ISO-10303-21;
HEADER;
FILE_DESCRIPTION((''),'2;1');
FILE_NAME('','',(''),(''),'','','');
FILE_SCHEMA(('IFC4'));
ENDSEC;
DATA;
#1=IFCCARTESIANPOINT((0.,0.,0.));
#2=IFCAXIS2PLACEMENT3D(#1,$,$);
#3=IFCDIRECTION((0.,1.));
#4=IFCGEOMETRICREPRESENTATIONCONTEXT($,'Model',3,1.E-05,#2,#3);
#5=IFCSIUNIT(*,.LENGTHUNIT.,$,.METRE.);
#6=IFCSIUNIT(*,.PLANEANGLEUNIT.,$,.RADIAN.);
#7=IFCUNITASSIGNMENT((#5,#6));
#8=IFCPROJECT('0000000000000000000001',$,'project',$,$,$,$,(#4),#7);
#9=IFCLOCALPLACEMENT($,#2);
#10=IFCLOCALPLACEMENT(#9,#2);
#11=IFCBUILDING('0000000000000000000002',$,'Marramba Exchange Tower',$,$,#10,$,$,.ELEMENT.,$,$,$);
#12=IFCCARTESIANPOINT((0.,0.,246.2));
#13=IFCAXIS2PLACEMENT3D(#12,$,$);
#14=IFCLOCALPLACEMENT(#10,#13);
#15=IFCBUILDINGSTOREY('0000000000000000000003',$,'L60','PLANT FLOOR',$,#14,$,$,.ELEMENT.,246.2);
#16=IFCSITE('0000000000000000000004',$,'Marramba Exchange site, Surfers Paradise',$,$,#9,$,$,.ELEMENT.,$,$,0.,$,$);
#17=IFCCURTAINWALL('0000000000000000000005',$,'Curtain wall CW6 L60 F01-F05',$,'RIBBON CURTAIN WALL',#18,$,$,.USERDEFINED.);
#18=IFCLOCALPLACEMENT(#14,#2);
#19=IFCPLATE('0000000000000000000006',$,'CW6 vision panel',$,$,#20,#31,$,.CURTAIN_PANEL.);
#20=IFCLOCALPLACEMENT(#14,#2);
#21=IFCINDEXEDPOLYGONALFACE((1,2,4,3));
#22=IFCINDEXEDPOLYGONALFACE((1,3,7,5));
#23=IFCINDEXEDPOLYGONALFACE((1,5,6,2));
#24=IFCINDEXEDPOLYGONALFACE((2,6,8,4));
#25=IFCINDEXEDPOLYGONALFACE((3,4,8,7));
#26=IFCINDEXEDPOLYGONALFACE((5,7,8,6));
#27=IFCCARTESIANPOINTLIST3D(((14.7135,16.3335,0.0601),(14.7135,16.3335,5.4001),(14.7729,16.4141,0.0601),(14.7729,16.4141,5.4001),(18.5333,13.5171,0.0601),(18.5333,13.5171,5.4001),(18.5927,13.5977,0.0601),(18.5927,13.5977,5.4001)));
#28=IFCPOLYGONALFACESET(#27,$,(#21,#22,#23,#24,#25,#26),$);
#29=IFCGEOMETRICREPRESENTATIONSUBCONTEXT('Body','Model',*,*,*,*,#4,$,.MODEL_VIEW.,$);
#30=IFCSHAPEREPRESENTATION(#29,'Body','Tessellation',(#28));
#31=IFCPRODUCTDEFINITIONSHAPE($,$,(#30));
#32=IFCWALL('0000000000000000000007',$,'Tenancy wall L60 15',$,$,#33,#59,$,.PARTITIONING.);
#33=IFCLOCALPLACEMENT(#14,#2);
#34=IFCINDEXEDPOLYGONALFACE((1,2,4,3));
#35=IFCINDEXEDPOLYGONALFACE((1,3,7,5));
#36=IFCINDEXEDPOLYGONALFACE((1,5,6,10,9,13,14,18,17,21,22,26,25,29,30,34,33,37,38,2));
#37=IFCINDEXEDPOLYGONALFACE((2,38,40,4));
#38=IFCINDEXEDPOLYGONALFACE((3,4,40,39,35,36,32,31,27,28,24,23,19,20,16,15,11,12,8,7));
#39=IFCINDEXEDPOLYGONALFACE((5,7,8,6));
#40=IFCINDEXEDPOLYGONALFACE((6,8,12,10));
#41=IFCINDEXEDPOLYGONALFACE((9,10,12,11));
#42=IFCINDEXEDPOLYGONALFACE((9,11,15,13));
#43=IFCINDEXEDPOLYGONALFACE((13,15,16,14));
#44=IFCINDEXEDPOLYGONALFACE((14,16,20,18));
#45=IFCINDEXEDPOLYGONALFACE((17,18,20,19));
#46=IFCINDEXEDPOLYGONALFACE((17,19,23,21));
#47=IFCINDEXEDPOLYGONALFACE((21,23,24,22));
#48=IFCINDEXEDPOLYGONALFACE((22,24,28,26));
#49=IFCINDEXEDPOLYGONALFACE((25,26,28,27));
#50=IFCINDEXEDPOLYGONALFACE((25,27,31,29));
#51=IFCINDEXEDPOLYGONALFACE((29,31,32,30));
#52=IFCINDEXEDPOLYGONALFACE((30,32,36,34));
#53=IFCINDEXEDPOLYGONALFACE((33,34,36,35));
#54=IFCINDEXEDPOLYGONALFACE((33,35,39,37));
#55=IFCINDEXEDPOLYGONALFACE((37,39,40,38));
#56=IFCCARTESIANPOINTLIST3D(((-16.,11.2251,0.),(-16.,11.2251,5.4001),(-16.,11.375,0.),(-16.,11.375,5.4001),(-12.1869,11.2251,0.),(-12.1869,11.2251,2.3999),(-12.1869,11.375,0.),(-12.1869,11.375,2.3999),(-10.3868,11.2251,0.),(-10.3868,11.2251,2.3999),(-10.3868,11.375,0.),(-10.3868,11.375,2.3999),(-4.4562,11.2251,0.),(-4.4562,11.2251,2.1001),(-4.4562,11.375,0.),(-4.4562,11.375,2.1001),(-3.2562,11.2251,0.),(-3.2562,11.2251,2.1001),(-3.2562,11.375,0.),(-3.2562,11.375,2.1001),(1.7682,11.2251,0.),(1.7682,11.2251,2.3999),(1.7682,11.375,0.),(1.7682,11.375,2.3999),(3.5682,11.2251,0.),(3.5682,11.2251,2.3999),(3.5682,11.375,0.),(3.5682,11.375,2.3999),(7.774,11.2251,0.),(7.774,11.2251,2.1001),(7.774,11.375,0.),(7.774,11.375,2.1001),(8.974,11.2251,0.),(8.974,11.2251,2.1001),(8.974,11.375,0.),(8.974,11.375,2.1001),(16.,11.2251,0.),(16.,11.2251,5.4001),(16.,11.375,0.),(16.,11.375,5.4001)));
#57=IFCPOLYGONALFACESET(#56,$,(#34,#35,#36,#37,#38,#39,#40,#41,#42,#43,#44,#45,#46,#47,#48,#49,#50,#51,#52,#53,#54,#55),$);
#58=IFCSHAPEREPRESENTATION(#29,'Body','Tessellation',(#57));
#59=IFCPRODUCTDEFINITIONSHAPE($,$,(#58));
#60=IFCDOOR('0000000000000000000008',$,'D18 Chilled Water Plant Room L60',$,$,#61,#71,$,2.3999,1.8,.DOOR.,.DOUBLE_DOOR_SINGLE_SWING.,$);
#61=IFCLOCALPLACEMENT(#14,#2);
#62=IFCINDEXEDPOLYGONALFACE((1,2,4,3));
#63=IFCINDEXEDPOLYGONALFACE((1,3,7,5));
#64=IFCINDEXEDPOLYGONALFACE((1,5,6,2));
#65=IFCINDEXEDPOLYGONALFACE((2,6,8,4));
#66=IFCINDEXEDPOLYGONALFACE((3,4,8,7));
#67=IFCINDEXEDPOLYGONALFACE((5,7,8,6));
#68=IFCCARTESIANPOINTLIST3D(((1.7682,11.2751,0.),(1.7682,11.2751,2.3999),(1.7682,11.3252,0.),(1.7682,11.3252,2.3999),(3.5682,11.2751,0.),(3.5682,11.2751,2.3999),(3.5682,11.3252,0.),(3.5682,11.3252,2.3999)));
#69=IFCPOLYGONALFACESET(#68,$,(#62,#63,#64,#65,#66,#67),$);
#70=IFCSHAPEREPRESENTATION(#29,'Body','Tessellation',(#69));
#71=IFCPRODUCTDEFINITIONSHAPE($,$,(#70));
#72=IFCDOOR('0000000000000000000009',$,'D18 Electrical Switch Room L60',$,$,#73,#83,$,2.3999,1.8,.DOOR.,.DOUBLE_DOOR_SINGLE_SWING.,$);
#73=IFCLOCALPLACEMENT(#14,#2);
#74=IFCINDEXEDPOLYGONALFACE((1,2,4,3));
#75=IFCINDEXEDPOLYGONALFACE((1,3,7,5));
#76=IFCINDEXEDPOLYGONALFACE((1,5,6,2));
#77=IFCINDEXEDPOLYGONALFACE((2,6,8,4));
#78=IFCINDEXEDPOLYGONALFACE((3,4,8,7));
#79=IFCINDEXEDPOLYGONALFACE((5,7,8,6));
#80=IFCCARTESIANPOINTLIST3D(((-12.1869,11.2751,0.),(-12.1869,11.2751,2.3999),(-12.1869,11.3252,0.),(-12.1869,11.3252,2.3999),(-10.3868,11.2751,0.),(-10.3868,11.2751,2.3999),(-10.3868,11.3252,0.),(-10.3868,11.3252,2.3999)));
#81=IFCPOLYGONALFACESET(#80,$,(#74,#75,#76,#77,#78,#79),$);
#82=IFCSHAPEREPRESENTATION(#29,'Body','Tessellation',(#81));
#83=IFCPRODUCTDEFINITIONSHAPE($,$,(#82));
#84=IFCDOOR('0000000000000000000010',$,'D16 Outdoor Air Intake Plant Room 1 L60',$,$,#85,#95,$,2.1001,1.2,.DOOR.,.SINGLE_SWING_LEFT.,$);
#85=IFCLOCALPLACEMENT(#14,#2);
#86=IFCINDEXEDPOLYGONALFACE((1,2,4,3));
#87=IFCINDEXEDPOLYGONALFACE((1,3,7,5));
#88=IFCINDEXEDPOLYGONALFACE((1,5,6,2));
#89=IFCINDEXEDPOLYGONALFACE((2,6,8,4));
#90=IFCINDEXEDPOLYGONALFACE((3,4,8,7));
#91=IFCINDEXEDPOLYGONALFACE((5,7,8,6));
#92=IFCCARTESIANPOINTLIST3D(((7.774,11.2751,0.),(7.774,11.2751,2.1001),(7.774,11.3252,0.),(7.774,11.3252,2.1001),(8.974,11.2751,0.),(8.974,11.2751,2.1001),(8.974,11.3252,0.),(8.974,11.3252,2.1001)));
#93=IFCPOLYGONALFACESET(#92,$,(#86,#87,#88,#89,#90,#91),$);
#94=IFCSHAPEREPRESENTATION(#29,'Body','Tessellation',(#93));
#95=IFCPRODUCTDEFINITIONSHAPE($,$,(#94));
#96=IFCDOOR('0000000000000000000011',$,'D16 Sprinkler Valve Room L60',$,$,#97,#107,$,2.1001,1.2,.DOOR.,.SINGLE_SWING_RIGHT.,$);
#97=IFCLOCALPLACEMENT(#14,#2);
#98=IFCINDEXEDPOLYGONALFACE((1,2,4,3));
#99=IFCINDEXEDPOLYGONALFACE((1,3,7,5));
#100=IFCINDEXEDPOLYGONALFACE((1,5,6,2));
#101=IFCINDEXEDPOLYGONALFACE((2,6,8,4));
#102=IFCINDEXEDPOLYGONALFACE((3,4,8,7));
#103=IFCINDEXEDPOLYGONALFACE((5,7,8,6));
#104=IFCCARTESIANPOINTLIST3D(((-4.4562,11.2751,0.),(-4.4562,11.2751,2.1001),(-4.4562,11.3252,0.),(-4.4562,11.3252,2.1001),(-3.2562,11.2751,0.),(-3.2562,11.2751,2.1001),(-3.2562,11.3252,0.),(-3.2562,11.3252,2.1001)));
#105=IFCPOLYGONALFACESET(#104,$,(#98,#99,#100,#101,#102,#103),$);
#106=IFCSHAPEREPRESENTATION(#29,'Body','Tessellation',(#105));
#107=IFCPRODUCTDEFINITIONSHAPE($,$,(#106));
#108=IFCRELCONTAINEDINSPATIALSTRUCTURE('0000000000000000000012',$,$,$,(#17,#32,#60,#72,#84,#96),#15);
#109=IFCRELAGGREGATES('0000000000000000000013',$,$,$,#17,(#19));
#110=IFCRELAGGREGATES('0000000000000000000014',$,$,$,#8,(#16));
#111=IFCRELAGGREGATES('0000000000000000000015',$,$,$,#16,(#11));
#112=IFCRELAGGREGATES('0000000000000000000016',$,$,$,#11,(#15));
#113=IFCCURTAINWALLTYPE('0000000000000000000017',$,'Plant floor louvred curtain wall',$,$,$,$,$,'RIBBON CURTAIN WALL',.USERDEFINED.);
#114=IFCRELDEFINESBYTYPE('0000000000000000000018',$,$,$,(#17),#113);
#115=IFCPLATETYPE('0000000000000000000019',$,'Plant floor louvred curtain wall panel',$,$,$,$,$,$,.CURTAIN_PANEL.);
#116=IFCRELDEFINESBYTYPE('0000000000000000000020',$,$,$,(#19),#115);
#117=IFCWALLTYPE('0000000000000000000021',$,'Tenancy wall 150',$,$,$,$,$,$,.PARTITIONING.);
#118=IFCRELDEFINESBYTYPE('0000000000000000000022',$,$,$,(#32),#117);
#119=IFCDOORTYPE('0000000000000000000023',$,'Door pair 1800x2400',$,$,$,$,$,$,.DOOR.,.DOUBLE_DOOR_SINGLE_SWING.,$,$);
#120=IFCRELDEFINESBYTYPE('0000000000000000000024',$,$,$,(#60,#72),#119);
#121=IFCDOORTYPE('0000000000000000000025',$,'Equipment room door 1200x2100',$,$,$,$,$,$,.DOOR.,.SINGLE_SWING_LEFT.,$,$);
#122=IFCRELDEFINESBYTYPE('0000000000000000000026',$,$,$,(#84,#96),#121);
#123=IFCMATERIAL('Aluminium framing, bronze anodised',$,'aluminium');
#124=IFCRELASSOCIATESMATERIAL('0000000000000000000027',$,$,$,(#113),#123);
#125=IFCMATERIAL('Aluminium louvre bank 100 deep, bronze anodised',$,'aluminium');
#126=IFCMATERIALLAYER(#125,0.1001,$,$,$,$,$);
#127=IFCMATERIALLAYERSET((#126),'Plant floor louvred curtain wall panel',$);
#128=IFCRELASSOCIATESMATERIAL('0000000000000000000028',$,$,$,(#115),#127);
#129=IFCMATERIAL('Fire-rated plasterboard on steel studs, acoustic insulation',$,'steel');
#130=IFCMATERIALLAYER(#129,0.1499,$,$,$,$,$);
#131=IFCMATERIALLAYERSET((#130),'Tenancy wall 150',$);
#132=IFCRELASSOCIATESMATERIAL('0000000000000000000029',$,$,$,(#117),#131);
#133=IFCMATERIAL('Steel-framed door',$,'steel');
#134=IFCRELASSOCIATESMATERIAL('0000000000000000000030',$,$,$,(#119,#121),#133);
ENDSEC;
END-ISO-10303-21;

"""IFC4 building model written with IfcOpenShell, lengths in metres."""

from ifc_helpers import new_model, si_unit, direction, frame, frame_2d, origin, origin_2d, place, context, subcontext, project, spatial, rectangle, extrude, material, layer, layer_set, type_object, element, fill, aggregate, save


model = new_model("IFC4")

# Units and contexts
model_context = context("Model", 3, precision=1e-05, world=origin(), true_north=direction((0.0, 1.0)))
body_context = subcontext(model_context, "Body", "Model", "MODEL_VIEW")
ifc_project = project(units=[si_unit("LENGTHUNIT", "METRE"), si_unit("PLANEANGLEUNIT", "RADIAN")], contexts=[model_context])

# Site, building, storey
site_placement = place(None, origin())
site = spatial("IfcSite", under=ifc_project, at=site_placement, Name="Marramba Exchange site, Surfers Paradise", CompositionType="ELEMENT", RefElevation=0.0)
building_placement = place(site_placement, origin())
building = spatial("IfcBuilding", under=site, at=building_placement, Name="Marramba Exchange Tower", CompositionType="ELEMENT")
storey_placement = place(building_placement, frame((0.0, 0.0, 246.2)))
storey = spatial("IfcBuildingStorey", under=building, at=storey_placement, Name="L60", Description="PLANT FLOOR", CompositionType="ELEMENT", Elevation=246.2)

# Curtain wall
ifc_material_1 = material(Name="Aluminium framing, bronze anodised", Category="aluminium")
curtain_wall_type = type_object("IfcCurtainWallType", Name="Plant floor louvred curtain wall", ElementType="RIBBON CURTAIN WALL", PredefinedType="USERDEFINED", material=ifc_material_1)
curtain_wall_placement = place(storey_placement, origin())
curtain_wall = element("IfcCurtainWall", 1, at=curtain_wall_placement, inside=storey, type_object=curtain_wall_type, Name="Curtain wall CW6 L60 F01-F05", ObjectType="RIBBON CURTAIN WALL", PredefinedType="USERDEFINED")

# Plate
ifc_material_2 = material(Name="Aluminium louvre bank 100 deep, bronze anodised", Category="aluminium")
ifc_layer_1 = layer(ifc_material_2, 0.1001)
ifc_layer_set_1 = layer_set([ifc_layer_1], Name="Plant floor louvred curtain wall panel")
plate_type = type_object("IfcPlateType", Name="Plant floor louvred curtain wall panel", PredefinedType="CURTAIN_PANEL", material=ifc_layer_set_1)
plate_1_placement = place(storey_placement, frame((16.6531, 14.9656, 0.0601), z_axis=(0.0, 0.0, 1.0), x_axis=(-0.804877, 0.593441, 0.0)))
plate_1 = element("IfcPlate", 2, at=plate_1_placement, type_object=plate_type, Name="CW6 vision panel", PredefinedType="CURTAIN_PANEL", context=body_context, shape_type="SweptSolid", body=[
    extrude(rectangle(XDim=4.7458, YDim=0.1001, at=origin_2d()), origin(), (0.0, 0.0, 1.0), 5.3401),
])
aggregate(curtain_wall, [plate_1])

# Wall, openings, doors
ifc_material_3 = material(Name="Fire-rated plasterboard on steel studs, acoustic insulation", Category="steel")
ifc_layer_2 = layer(ifc_material_3, 0.1499)
ifc_layer_set_2 = layer_set([ifc_layer_2], Name="Tenancy wall 150")
wall_type = type_object("IfcWallType", Name="Tenancy wall 150", PredefinedType="PARTITIONING", material=ifc_layer_set_2)
wall_placement = place(storey_placement, frame((16.0, 11.3, 0.0), z_axis=(0.0, 0.0, 1.0), x_axis=(-1.0, 0.0, 0.0)))
wall = element("IfcWall", 3, at=wall_placement, inside=storey, type_object=wall_type, Name="Tenancy wall L60 15", PredefinedType="PARTITIONING", context=body_context, shape_type="SweptSolid", body=[
    extrude(rectangle(XDim=32.0, YDim=0.1499, at=frame_2d((16.0, 0.0))), origin(), (0.0, 0.0, 1.0), 5.4001),
])
opening_1_placement = place(wall_placement, frame((7.0259, 0.0, 0.0)))
opening_1 = element("IfcOpeningElement", 4, at=opening_1_placement, cuts=wall, PredefinedType="OPENING", context=body_context, shape_type="SweptSolid", body=[
    extrude(rectangle(XDim=1.2, YDim=2.1001, at=frame_2d((0.6001, 1.05))), frame((0.0, 0.085, 0.0), z_axis=(0.0, -1.0, 0.0), x_axis=(1.0, 0.0, 0.0)), (0.0, 0.0, 1.0), 0.1699),
])
opening_2_placement = place(wall_placement, frame((12.4319, 0.0, 0.0)))
opening_2 = element("IfcOpeningElement", 5, at=opening_2_placement, cuts=wall, PredefinedType="OPENING", context=body_context, shape_type="SweptSolid", body=[
    extrude(rectangle(XDim=1.8, YDim=2.3999, at=frame_2d((0.8999, 1.2))), frame((0.0, 0.085, 0.0), z_axis=(0.0, -1.0, 0.0), x_axis=(1.0, 0.0, 0.0)), (0.0, 0.0, 1.0), 0.1699),
])
opening_3_placement = place(wall_placement, frame((19.2561, 0.0, 0.0)))
opening_3 = element("IfcOpeningElement", 6, at=opening_3_placement, cuts=wall, PredefinedType="OPENING", context=body_context, shape_type="SweptSolid", body=[
    extrude(rectangle(XDim=1.2, YDim=2.1001, at=frame_2d((0.6001, 1.05))), frame((0.0, 0.085, 0.0), z_axis=(0.0, -1.0, 0.0), x_axis=(1.0, 0.0, 0.0)), (0.0, 0.0, 1.0), 0.1699),
])
opening_4_placement = place(wall_placement, frame((26.387, 0.0, 0.0)))
opening_4 = element("IfcOpeningElement", 7, at=opening_4_placement, cuts=wall, PredefinedType="OPENING", context=body_context, shape_type="SweptSolid", body=[
    extrude(rectangle(XDim=1.8, YDim=2.3999, at=frame_2d((0.8999, 1.2))), frame((0.0, 0.085, 0.0), z_axis=(0.0, -1.0, 0.0), x_axis=(1.0, 0.0, 0.0)), (0.0, 0.0, 1.0), 0.1699),
])
ifc_material_4 = material(Name="Steel-framed door", Category="steel")
door_type_1 = type_object("IfcDoorType", Name="Door pair 1800x2400", OperationType="DOUBLE_DOOR_SINGLE_SWING", PredefinedType="DOOR", material=ifc_material_4)
door_1_placement = place(opening_2_placement, origin())
door_1 = element("IfcDoor", 8, at=door_1_placement, inside=storey, type_object=door_type_1, Name="D18 Chilled Water Plant Room L60", OperationType="DOUBLE_DOOR_SINGLE_SWING", OverallHeight=2.3999, OverallWidth=1.8, PredefinedType="DOOR", context=body_context, shape_type="SweptSolid", body=[
    extrude(rectangle(XDim=1.8, YDim=2.3999, at=frame_2d((0.8999, 1.2))), frame((0.0, 0.0249, 0.0), z_axis=(0.0, -1.0, 0.0), x_axis=(1.0, 0.0, 0.0)), (0.0, 0.0, 1.0), 0.05),
])
fill(opening_2, door_1)
door_2_placement = place(opening_4_placement, origin())
door_2 = element("IfcDoor", 9, at=door_2_placement, inside=storey, type_object=door_type_1, Name="D18 Electrical Switch Room L60", OperationType="DOUBLE_DOOR_SINGLE_SWING", OverallHeight=2.3999, OverallWidth=1.8, PredefinedType="DOOR", context=body_context, shape_type="SweptSolid", body=[
    extrude(rectangle(XDim=1.8, YDim=2.3999, at=frame_2d((0.8999, 1.2))), frame((0.0, 0.0249, 0.0), z_axis=(0.0, -1.0, 0.0), x_axis=(1.0, 0.0, 0.0)), (0.0, 0.0, 1.0), 0.05),
])
fill(opening_4, door_2)
door_type_2 = type_object("IfcDoorType", Name="Equipment room door 1200x2100", OperationType="SINGLE_SWING_LEFT", PredefinedType="DOOR", material=ifc_material_4)
door_3_placement = place(opening_1_placement, frame((1.2, 0.0, 0.0), z_axis=(0.0, 0.0, 1.0), x_axis=(-1.0, 0.0, 0.0)))
door_3 = element("IfcDoor", 10, at=door_3_placement, inside=storey, type_object=door_type_2, Name="D16 Outdoor Air Intake Plant Room 1 L60", OperationType="SINGLE_SWING_LEFT", OverallHeight=2.1001, OverallWidth=1.2, PredefinedType="DOOR", context=body_context, shape_type="SweptSolid", body=[
    extrude(rectangle(XDim=1.2, YDim=2.1001, at=frame_2d((0.5999, 1.05))), frame((0.0, 0.0251, 0.0), z_axis=(0.0, -1.0, 0.0), x_axis=(1.0, 0.0, 0.0)), (0.0, 0.0, 1.0), 0.05),
])
fill(opening_1, door_3)
door_4_placement = place(opening_3_placement, origin())
door_4 = element("IfcDoor", 11, at=door_4_placement, inside=storey, type_object=door_type_2, Name="D16 Sprinkler Valve Room L60", OperationType="SINGLE_SWING_RIGHT", OverallHeight=2.1001, OverallWidth=1.2, PredefinedType="DOOR", context=body_context, shape_type="SweptSolid", body=[
    extrude(rectangle(XDim=1.2, YDim=2.1001, at=frame_2d((0.6001, 1.05))), frame((0.0, 0.0249, 0.0), z_axis=(0.0, -1.0, 0.0), x_axis=(1.0, 0.0, 0.0)), (0.0, 0.0, 1.0), 0.05),
])
fill(opening_3, door_4)

save(model, "model.ifc")
